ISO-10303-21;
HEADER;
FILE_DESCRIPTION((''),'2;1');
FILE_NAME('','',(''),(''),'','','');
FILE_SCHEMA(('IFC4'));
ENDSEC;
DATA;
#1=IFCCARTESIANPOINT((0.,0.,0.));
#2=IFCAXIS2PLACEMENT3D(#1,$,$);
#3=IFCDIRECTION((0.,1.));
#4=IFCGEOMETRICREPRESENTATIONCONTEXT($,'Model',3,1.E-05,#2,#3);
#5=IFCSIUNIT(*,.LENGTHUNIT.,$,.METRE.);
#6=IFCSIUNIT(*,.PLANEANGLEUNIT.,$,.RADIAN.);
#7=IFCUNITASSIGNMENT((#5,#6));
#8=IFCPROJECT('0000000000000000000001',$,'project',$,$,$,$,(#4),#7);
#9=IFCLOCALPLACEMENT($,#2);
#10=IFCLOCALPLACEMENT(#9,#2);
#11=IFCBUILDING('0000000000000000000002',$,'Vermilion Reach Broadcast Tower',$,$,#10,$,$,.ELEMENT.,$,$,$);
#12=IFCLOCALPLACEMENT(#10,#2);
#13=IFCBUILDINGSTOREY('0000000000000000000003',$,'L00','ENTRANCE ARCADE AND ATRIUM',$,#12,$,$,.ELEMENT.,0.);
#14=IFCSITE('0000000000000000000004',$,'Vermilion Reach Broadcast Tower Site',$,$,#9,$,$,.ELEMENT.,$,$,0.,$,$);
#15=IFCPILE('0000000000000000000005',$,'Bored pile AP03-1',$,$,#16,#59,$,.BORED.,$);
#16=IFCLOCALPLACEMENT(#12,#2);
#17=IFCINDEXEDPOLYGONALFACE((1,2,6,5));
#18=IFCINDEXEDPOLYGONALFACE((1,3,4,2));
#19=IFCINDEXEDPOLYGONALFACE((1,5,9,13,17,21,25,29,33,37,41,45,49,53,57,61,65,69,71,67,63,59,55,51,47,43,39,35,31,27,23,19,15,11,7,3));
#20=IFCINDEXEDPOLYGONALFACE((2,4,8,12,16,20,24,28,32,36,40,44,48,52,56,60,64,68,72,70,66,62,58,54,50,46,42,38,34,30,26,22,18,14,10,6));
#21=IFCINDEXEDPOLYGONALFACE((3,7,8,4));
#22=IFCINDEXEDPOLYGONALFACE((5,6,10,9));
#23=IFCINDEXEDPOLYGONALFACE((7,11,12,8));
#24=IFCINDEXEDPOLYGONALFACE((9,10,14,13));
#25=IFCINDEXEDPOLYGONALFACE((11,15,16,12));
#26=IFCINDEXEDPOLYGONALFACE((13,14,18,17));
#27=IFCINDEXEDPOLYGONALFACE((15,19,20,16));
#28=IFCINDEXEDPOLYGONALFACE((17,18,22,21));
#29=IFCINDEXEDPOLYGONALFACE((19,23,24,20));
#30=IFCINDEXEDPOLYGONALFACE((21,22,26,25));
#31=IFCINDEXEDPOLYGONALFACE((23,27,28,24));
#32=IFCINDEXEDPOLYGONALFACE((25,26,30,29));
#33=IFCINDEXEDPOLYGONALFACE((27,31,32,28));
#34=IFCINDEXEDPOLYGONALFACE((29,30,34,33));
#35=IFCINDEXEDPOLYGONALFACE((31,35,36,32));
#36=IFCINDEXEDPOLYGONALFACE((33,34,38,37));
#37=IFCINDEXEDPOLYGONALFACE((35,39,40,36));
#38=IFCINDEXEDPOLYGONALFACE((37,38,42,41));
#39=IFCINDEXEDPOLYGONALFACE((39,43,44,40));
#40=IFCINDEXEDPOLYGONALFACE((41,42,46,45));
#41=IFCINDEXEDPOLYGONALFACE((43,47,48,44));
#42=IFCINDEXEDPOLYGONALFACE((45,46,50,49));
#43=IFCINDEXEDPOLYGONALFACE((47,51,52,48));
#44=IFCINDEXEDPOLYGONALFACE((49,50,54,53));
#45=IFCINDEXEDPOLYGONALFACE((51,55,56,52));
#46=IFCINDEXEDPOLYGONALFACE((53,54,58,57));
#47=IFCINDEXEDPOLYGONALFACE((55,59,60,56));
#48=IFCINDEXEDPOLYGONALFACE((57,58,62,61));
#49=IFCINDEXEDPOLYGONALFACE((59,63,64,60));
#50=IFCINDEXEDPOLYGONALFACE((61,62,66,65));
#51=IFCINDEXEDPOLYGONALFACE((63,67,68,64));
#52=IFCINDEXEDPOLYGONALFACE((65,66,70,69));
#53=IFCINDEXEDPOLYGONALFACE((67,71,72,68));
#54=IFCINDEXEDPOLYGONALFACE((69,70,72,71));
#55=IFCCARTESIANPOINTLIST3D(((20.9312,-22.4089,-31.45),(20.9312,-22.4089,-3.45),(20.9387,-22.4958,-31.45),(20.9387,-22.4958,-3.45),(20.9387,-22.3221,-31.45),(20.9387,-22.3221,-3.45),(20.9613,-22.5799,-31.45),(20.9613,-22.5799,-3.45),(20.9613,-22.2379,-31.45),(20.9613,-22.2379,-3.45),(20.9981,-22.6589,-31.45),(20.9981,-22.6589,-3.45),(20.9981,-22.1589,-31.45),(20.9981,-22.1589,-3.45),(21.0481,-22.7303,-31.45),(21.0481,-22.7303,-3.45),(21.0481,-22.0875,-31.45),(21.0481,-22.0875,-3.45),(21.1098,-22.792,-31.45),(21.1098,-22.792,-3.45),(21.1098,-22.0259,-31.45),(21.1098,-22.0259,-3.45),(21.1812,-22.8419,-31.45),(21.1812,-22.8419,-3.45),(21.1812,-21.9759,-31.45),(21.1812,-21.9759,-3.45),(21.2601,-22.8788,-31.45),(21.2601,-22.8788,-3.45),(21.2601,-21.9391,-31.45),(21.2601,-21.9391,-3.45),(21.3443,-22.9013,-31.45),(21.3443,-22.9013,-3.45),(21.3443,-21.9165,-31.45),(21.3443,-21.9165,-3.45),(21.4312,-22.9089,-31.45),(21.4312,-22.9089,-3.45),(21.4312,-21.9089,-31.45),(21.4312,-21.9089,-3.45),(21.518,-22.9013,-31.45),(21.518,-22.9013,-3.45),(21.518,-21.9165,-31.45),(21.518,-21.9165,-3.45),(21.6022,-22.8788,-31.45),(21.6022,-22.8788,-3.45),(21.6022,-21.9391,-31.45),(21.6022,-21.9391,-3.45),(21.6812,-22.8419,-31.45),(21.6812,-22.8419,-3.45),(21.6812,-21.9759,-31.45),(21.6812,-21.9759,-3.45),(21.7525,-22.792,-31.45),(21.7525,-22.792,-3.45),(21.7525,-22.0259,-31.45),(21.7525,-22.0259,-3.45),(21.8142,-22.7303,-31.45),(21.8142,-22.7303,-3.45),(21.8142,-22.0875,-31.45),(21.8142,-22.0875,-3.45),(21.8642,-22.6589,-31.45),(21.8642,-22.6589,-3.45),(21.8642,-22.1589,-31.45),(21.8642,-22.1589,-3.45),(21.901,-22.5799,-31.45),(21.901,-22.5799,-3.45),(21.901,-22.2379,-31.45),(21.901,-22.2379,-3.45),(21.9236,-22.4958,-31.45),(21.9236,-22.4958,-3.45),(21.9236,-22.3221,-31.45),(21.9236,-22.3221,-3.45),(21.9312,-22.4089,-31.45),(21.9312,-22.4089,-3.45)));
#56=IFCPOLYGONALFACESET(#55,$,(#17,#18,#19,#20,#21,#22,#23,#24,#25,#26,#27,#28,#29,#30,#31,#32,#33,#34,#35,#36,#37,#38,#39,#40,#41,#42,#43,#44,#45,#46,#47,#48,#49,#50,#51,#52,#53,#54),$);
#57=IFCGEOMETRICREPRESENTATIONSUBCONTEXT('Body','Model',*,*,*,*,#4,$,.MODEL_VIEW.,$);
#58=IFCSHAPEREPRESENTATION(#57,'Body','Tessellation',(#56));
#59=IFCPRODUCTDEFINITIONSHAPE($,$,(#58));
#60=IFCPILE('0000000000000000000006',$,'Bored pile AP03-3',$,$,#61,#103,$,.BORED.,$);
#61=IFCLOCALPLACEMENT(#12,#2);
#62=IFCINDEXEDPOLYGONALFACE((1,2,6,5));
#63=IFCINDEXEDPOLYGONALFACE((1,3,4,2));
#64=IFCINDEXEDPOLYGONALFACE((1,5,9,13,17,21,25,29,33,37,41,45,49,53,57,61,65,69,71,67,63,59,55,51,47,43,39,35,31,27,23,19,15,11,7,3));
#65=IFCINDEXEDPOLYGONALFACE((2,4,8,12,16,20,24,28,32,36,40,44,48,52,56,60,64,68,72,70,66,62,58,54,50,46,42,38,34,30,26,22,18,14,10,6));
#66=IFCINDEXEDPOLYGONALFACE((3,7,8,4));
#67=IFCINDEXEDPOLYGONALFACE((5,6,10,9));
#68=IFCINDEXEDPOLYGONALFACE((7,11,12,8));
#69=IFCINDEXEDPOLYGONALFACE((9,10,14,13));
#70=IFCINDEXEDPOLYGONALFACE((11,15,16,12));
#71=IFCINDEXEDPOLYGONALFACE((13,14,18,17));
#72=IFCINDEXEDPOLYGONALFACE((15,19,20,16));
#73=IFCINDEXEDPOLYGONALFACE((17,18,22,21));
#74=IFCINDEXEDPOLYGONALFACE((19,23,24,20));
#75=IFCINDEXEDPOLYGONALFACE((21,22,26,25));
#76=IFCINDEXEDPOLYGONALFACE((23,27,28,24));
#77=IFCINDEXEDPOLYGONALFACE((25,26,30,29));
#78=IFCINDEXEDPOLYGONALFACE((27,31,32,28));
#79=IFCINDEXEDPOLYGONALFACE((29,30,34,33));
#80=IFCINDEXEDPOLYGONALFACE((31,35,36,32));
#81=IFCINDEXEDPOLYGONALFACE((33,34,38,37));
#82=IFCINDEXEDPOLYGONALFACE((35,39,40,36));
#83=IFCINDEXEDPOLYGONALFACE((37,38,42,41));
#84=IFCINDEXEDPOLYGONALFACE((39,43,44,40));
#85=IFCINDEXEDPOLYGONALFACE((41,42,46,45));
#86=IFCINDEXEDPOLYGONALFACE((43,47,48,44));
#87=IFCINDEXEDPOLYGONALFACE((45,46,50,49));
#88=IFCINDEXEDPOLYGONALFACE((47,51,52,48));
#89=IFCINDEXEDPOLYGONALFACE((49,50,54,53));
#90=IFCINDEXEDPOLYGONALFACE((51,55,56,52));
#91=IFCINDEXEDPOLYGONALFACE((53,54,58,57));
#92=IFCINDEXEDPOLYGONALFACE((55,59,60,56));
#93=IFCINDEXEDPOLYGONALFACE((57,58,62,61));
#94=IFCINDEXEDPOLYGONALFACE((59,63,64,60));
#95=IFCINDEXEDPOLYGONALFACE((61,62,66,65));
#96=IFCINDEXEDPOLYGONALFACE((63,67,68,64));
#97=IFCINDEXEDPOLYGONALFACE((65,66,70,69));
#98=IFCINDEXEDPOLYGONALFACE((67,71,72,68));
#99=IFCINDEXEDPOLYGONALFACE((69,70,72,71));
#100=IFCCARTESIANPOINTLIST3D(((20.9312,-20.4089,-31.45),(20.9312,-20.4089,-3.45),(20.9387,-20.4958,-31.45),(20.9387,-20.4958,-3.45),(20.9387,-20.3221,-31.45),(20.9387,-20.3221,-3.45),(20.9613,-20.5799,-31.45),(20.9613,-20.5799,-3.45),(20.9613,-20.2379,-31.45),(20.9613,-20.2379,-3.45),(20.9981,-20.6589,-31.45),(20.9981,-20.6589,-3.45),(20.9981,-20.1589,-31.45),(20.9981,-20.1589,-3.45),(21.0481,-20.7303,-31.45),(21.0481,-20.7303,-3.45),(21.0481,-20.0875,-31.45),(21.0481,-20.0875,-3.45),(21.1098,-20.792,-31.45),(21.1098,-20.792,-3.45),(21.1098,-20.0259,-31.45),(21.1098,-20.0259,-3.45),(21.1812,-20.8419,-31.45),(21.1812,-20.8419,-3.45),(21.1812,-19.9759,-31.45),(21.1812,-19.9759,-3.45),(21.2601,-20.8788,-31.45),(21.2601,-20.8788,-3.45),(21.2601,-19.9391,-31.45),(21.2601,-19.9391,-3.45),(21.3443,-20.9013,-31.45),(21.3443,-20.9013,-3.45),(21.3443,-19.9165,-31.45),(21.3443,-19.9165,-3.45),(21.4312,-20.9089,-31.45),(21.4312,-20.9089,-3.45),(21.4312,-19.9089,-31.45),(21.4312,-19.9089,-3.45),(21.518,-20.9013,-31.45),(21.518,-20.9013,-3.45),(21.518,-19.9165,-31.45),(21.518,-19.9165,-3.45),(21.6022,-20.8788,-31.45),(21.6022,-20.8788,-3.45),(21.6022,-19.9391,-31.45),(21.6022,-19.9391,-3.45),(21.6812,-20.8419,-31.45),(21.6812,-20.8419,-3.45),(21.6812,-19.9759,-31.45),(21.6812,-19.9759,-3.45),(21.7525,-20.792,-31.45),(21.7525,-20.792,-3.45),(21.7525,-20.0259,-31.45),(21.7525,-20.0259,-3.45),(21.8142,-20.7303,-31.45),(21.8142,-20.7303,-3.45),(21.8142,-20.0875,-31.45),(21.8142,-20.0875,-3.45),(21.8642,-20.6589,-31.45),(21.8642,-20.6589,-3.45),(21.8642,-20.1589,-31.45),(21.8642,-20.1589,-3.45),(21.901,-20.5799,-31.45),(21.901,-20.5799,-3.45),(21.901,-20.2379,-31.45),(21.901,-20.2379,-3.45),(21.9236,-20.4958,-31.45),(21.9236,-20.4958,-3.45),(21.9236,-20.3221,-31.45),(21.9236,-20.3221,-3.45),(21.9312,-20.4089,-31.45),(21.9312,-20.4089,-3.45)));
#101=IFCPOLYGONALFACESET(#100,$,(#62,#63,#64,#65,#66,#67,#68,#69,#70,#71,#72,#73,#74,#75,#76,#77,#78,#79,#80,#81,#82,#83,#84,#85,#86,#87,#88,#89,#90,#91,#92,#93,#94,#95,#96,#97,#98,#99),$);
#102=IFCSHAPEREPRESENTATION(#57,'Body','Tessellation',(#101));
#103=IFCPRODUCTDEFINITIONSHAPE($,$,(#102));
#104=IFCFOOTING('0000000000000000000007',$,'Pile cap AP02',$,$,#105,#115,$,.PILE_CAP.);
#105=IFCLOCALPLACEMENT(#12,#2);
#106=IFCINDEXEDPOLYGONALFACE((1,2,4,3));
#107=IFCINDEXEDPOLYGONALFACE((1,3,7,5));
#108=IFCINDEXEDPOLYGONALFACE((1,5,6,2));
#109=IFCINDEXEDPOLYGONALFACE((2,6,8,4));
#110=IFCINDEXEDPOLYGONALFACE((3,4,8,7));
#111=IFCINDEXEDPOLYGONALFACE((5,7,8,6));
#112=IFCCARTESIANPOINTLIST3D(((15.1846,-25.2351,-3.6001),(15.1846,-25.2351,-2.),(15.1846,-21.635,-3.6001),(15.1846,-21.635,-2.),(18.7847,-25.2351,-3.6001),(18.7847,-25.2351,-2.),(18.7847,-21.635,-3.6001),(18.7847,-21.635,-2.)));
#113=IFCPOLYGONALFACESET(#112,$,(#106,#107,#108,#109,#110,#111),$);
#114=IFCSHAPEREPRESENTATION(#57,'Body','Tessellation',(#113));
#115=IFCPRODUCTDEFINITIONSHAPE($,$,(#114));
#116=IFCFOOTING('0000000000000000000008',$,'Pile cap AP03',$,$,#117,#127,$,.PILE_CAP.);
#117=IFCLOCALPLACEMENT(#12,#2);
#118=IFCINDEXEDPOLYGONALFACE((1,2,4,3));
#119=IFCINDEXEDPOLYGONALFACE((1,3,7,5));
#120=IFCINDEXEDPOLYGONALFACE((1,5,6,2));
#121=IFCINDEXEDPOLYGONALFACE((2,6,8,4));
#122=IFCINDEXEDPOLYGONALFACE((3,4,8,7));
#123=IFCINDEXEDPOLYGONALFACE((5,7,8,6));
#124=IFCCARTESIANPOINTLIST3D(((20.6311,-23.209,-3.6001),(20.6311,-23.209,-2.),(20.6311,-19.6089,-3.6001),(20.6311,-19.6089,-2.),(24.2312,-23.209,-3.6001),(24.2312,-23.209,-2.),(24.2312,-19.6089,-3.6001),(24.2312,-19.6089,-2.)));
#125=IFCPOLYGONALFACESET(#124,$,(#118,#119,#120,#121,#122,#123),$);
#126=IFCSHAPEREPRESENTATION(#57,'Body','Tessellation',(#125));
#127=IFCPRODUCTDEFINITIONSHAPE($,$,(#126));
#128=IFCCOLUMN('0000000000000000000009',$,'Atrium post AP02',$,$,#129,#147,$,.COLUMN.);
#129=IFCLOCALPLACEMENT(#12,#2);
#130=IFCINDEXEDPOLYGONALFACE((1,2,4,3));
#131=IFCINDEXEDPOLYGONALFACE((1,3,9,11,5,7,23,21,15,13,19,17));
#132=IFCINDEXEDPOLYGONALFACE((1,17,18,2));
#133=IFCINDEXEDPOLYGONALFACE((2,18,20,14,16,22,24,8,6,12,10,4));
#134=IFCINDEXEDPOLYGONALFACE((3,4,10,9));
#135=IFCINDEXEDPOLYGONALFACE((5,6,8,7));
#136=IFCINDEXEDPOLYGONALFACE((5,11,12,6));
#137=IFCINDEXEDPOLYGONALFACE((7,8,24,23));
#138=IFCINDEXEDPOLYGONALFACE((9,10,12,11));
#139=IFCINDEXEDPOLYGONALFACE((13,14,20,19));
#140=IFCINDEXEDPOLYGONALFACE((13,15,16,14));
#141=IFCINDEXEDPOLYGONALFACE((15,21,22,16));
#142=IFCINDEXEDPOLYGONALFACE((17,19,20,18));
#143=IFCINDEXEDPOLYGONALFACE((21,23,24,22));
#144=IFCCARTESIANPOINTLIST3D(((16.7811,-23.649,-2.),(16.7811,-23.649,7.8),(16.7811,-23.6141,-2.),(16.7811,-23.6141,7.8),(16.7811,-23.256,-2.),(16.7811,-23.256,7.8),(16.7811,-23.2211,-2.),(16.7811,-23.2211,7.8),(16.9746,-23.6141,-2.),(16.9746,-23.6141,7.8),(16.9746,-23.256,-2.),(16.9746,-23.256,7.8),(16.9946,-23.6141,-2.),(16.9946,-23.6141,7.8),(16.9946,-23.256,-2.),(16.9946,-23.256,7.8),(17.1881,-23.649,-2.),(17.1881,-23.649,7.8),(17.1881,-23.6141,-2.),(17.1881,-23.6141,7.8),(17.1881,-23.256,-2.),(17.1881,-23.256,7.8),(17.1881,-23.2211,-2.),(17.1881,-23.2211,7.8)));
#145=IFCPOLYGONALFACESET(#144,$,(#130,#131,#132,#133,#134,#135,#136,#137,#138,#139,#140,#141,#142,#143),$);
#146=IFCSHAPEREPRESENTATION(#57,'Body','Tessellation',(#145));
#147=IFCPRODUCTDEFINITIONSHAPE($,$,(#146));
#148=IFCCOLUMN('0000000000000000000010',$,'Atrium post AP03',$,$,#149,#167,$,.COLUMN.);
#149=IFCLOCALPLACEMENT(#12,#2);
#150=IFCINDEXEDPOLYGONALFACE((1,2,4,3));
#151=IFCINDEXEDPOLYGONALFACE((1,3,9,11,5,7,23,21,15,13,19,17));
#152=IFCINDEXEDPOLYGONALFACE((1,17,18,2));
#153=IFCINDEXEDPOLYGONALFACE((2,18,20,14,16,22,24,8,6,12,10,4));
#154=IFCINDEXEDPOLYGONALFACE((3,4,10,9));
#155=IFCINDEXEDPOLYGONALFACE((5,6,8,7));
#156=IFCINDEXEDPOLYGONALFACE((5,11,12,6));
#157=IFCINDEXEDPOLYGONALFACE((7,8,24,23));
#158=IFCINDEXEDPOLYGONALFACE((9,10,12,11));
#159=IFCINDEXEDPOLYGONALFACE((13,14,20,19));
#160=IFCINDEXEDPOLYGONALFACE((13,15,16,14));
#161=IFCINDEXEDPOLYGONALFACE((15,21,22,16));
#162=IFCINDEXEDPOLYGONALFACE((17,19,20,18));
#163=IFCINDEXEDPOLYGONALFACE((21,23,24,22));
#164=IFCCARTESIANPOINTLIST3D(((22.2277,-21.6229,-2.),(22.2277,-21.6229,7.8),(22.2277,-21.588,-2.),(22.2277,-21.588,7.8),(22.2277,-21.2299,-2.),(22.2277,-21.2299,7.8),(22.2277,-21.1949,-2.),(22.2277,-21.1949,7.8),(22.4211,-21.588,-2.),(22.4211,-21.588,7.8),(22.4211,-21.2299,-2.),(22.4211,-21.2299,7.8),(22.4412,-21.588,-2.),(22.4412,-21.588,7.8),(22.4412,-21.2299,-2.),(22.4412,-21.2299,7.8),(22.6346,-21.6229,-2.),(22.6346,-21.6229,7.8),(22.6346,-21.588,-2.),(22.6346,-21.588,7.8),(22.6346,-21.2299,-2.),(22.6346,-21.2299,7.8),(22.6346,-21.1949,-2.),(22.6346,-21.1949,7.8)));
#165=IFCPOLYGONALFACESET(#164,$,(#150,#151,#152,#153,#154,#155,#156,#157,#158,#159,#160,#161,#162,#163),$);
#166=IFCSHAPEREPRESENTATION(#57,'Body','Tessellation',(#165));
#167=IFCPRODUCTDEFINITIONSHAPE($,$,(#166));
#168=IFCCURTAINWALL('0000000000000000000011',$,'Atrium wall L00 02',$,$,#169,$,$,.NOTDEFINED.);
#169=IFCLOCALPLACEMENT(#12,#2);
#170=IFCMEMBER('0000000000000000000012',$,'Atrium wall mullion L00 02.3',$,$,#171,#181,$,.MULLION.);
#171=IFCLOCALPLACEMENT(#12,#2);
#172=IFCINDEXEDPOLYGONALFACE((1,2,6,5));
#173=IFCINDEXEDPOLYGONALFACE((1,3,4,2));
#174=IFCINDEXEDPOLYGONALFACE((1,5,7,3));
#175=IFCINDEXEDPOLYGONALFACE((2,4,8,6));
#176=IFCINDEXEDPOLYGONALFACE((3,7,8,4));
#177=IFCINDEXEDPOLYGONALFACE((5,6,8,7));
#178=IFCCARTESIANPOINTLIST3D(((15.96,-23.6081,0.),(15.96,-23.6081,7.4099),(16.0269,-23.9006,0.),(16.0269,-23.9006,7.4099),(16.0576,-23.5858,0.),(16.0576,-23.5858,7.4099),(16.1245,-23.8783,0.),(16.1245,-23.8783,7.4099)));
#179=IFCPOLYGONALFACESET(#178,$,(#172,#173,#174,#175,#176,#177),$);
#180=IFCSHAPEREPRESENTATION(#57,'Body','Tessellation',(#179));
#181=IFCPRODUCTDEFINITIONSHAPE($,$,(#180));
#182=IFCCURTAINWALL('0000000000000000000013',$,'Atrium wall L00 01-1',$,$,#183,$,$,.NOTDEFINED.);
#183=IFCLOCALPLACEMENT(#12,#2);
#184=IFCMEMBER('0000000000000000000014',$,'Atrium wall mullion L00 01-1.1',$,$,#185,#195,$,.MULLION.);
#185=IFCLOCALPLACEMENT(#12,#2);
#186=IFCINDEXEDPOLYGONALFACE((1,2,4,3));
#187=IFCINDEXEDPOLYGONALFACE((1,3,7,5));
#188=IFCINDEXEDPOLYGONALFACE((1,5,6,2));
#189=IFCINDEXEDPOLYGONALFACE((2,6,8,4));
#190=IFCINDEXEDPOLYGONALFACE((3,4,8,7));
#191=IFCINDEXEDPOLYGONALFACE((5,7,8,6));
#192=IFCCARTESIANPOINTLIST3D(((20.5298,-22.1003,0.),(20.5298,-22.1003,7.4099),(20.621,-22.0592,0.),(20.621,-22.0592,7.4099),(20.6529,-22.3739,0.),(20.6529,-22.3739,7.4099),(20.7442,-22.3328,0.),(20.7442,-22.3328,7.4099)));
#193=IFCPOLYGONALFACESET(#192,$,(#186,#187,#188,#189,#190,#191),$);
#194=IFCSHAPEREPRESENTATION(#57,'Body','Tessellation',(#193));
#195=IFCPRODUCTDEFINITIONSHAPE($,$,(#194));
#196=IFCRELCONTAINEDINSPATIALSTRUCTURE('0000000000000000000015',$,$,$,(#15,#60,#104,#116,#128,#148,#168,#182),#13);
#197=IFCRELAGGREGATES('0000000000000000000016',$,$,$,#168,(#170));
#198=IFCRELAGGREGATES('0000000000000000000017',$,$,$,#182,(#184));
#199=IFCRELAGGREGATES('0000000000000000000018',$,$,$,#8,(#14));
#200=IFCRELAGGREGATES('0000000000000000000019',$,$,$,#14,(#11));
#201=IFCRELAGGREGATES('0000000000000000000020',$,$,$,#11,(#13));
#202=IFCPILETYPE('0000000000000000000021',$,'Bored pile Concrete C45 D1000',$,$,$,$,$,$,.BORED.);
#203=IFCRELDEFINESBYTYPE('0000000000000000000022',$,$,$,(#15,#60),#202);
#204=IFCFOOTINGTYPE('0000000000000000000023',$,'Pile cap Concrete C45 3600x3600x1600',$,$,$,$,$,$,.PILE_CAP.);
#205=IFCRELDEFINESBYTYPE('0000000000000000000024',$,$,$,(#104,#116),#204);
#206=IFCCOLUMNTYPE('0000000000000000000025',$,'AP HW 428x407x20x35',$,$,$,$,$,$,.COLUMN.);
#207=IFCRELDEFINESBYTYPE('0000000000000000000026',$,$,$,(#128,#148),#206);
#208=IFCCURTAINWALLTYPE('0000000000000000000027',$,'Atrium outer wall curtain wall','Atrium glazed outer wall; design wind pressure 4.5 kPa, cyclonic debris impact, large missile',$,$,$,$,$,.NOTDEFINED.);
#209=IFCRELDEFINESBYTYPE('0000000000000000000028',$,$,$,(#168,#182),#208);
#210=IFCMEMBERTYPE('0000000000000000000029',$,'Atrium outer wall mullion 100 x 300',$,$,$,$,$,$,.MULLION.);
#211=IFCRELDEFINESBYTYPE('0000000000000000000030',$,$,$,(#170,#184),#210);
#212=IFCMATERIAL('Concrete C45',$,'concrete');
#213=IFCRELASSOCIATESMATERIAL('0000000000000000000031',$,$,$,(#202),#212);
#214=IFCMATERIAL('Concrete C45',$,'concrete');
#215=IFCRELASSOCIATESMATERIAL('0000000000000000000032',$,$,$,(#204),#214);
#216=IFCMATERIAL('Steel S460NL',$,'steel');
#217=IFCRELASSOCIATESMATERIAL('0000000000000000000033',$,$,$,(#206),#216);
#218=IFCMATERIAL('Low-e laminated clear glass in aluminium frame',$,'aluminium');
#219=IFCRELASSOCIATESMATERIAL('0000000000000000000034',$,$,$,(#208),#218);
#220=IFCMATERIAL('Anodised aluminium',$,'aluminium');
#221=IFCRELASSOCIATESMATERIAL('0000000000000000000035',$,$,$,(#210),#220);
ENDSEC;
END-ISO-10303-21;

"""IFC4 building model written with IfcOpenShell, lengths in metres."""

from ifc_helpers import new_model, si_unit, direction, frame, origin, origin_2d, place, context, subcontext, project, spatial, rectangle, circle, i_section, extrude, material, material_profile, profile_set, type_object, element, aggregate, save


model = new_model("IFC4")

# Units and contexts
model_context = context("Model", 3, precision=1e-05, world=origin(), true_north=direction((0.0, 1.0)))
body_context = subcontext(model_context, "Body", "Model", "MODEL_VIEW")
ifc_project = project(units=[si_unit("LENGTHUNIT", "METRE"), si_unit("PLANEANGLEUNIT", "RADIAN")], contexts=[model_context])

# Site, building, storey
site_placement = place(None, origin())
site = spatial("IfcSite", under=ifc_project, at=site_placement, Name="Vermilion Reach Broadcast Tower Site", CompositionType="ELEMENT", RefElevation=0.0)
building_placement = place(site_placement, origin())
building = spatial("IfcBuilding", under=site, at=building_placement, Name="Vermilion Reach Broadcast Tower", CompositionType="ELEMENT")
storey_placement = place(building_placement, origin())
storey = spatial("IfcBuildingStorey", under=building, at=storey_placement, Name="L00", Description="ENTRANCE ARCADE AND ATRIUM", CompositionType="ELEMENT", Elevation=0.0)

# Piles
ifc_material_1 = material(Name="Concrete C45", Category="concrete")
ifc_material_profile_1 = material_profile(ifc_material_1, circle(Radius=0.5, at=origin_2d()), Name="Concrete C45 D1000")
ifc_profile_set_1 = profile_set([ifc_material_profile_1], Name="Concrete C45")
pile_type = type_object("IfcPileType", Name="Bored pile Concrete C45 D1000", PredefinedType="BORED", material=ifc_profile_set_1)
for number, where, z_axis, x_axis, name in (
    (1, (21.4312, -22.4089, -3.45), (0.0, 0.0, -1.0), (1.0, 0.0, 0.0), "Bored pile AP03-1"),
    (2, (21.4312, -20.4089, -3.45), (0.0, 0.0, -1.0), (1.0, 0.0, 0.0), "Bored pile AP03-3"),
):
    element("IfcPile", number, at=place(storey_placement, frame(where, z_axis=z_axis, x_axis=x_axis)), inside=storey, type_object=pile_type, Name=name, PredefinedType="BORED", context=body_context, shape_type="SweptSolid", body=[
        extrude(circle(Radius=0.5, at=origin_2d()), origin(), (0.0, 0.0, 1.0), 28.0),
    ])

# Footings
ifc_material_2 = material(Name="Concrete C45", Category="concrete")
footing_type = type_object("IfcFootingType", Name="Pile cap Concrete C45 3600x3600x1600", PredefinedType="PILE_CAP", material=ifc_material_2)
for number, where, z_axis, x_axis, name in (
    (3, (16.9846, -23.4351, -3.6001), (0.0, 0.0, 1.0), (1.0, 0.0, 0.0), "Pile cap AP02"),
    (4, (22.4312, -21.4089, -3.6001), (0.0, 0.0, 1.0), (1.0, 0.0, 0.0), "Pile cap AP03"),
):
    element("IfcFooting", number, at=place(storey_placement, frame(where, z_axis=z_axis, x_axis=x_axis)), inside=storey, type_object=footing_type, Name=name, PredefinedType="PILE_CAP", context=body_context, shape_type="SweptSolid", body=[
        extrude(rectangle(XDim=3.6001, YDim=3.6001, at=origin_2d()), origin(), (0.0, 0.0, 1.0), 1.6001),
    ])

# Columns
ifc_material_3 = material(Name="Steel S460NL", Category="steel")
ifc_material_profile_2 = material_profile(ifc_material_3, i_section(OverallWidth=0.407, OverallDepth=0.428, WebThickness=0.02, FlangeThickness=0.0349, at=origin_2d()), Name="S460NL HW 428x407x20x35")
ifc_profile_set_2 = profile_set([ifc_material_profile_2], Name="Steel S460NL")
column_type = type_object("IfcColumnType", Name="AP HW 428x407x20x35", PredefinedType="COLUMN", material=ifc_profile_set_2)
for number, where, z_axis, x_axis, name in (
    (5, (16.9846, -23.4351, -2.0), (0.0, 0.0, 1.0), (1.0, 0.0, 0.0), "Atrium post AP02"),
    (6, (22.4312, -21.4089, -2.0), (0.0, 0.0, 1.0), (1.0, 0.0, 0.0), "Atrium post AP03"),
):
    element("IfcColumn", number, at=place(storey_placement, frame(where, z_axis=z_axis, x_axis=x_axis)), inside=storey, type_object=column_type, Name=name, PredefinedType="COLUMN", context=body_context, shape_type="SweptSolid", body=[
        extrude(i_section(OverallWidth=0.407, OverallDepth=0.428, WebThickness=0.02, FlangeThickness=0.0349, at=origin_2d()), origin(), (0.0, 0.0, 1.0), 9.8),
    ])

# Curtain wall, member
ifc_material_4 = material(Name="Low-e laminated clear glass in aluminium frame", Category="aluminium")
curtain_wall_type = type_object("IfcCurtainWallType", Name="Atrium outer wall curtain wall", Description="Atrium glazed outer wall; design wind pressure 4.5 kPa, cyclonic debris impact, large missile", PredefinedType="NOTDEFINED", material=ifc_material_4)
placement = place(storey_placement, origin())
curtain_wall_1 = element("IfcCurtainWall", 7, at=placement, inside=storey, type_object=curtain_wall_type, Name="Atrium wall L00 02", PredefinedType="NOTDEFINED")
ifc_material_5 = material(Name="Anodised aluminium", Category="aluminium")
ifc_material_profile_3 = material_profile(ifc_material_5, rectangle(XDim=0.3, YDim=0.1001, at=origin_2d()), Name="Atrium outer wall mullion 100 x 300")
ifc_profile_set_3 = profile_set([ifc_material_profile_3], Name="Anodised aluminium")
member_type_1 = type_object("IfcMemberType", Name="Atrium outer wall mullion 100 x 300", PredefinedType="MULLION", material=ifc_profile_set_3)
member_1_placement = place(storey_placement, frame((16.0422, -23.7432, 0.0), z_axis=(0.0, 0.0, 1.0), x_axis=(-0.222892, 0.974843, 0.0)))
member_1 = element("IfcMember", 8, at=member_1_placement, type_object=member_type_1, Name="Atrium wall mullion L00 02.3", PredefinedType="MULLION", context=body_context, shape_type="SweptSolid", body=[
    extrude(rectangle(XDim=0.3, YDim=0.1001, at=origin_2d()), origin(), (0.0, 0.0, 1.0), 7.4099),
])

# Curtain wall, member
curtain_wall_2 = element("IfcCurtainWall", 9, at=placement, inside=storey, type_object=curtain_wall_type, Name="Atrium wall L00 01-1", PredefinedType="NOTDEFINED")
member_2_placement = place(storey_placement, frame((20.637, -22.2166, 0.0), z_axis=(0.0, 0.0, 1.0), x_axis=(-0.410408, 0.911902, 0.0)))
member_2 = element("IfcMember", 10, at=member_2_placement, type_object=member_type_1, Name="Atrium wall mullion L00 01-1.1", PredefinedType="MULLION", context=body_context, shape_type="SweptSolid", body=[
    extrude(rectangle(XDim=0.3, YDim=0.1001, at=origin_2d()), origin(), (0.0, 0.0, 1.0), 7.4099),
])

aggregate(curtain_wall_1, [member_1])
aggregate(curtain_wall_2, [member_2])

save(model, "model.ifc")
